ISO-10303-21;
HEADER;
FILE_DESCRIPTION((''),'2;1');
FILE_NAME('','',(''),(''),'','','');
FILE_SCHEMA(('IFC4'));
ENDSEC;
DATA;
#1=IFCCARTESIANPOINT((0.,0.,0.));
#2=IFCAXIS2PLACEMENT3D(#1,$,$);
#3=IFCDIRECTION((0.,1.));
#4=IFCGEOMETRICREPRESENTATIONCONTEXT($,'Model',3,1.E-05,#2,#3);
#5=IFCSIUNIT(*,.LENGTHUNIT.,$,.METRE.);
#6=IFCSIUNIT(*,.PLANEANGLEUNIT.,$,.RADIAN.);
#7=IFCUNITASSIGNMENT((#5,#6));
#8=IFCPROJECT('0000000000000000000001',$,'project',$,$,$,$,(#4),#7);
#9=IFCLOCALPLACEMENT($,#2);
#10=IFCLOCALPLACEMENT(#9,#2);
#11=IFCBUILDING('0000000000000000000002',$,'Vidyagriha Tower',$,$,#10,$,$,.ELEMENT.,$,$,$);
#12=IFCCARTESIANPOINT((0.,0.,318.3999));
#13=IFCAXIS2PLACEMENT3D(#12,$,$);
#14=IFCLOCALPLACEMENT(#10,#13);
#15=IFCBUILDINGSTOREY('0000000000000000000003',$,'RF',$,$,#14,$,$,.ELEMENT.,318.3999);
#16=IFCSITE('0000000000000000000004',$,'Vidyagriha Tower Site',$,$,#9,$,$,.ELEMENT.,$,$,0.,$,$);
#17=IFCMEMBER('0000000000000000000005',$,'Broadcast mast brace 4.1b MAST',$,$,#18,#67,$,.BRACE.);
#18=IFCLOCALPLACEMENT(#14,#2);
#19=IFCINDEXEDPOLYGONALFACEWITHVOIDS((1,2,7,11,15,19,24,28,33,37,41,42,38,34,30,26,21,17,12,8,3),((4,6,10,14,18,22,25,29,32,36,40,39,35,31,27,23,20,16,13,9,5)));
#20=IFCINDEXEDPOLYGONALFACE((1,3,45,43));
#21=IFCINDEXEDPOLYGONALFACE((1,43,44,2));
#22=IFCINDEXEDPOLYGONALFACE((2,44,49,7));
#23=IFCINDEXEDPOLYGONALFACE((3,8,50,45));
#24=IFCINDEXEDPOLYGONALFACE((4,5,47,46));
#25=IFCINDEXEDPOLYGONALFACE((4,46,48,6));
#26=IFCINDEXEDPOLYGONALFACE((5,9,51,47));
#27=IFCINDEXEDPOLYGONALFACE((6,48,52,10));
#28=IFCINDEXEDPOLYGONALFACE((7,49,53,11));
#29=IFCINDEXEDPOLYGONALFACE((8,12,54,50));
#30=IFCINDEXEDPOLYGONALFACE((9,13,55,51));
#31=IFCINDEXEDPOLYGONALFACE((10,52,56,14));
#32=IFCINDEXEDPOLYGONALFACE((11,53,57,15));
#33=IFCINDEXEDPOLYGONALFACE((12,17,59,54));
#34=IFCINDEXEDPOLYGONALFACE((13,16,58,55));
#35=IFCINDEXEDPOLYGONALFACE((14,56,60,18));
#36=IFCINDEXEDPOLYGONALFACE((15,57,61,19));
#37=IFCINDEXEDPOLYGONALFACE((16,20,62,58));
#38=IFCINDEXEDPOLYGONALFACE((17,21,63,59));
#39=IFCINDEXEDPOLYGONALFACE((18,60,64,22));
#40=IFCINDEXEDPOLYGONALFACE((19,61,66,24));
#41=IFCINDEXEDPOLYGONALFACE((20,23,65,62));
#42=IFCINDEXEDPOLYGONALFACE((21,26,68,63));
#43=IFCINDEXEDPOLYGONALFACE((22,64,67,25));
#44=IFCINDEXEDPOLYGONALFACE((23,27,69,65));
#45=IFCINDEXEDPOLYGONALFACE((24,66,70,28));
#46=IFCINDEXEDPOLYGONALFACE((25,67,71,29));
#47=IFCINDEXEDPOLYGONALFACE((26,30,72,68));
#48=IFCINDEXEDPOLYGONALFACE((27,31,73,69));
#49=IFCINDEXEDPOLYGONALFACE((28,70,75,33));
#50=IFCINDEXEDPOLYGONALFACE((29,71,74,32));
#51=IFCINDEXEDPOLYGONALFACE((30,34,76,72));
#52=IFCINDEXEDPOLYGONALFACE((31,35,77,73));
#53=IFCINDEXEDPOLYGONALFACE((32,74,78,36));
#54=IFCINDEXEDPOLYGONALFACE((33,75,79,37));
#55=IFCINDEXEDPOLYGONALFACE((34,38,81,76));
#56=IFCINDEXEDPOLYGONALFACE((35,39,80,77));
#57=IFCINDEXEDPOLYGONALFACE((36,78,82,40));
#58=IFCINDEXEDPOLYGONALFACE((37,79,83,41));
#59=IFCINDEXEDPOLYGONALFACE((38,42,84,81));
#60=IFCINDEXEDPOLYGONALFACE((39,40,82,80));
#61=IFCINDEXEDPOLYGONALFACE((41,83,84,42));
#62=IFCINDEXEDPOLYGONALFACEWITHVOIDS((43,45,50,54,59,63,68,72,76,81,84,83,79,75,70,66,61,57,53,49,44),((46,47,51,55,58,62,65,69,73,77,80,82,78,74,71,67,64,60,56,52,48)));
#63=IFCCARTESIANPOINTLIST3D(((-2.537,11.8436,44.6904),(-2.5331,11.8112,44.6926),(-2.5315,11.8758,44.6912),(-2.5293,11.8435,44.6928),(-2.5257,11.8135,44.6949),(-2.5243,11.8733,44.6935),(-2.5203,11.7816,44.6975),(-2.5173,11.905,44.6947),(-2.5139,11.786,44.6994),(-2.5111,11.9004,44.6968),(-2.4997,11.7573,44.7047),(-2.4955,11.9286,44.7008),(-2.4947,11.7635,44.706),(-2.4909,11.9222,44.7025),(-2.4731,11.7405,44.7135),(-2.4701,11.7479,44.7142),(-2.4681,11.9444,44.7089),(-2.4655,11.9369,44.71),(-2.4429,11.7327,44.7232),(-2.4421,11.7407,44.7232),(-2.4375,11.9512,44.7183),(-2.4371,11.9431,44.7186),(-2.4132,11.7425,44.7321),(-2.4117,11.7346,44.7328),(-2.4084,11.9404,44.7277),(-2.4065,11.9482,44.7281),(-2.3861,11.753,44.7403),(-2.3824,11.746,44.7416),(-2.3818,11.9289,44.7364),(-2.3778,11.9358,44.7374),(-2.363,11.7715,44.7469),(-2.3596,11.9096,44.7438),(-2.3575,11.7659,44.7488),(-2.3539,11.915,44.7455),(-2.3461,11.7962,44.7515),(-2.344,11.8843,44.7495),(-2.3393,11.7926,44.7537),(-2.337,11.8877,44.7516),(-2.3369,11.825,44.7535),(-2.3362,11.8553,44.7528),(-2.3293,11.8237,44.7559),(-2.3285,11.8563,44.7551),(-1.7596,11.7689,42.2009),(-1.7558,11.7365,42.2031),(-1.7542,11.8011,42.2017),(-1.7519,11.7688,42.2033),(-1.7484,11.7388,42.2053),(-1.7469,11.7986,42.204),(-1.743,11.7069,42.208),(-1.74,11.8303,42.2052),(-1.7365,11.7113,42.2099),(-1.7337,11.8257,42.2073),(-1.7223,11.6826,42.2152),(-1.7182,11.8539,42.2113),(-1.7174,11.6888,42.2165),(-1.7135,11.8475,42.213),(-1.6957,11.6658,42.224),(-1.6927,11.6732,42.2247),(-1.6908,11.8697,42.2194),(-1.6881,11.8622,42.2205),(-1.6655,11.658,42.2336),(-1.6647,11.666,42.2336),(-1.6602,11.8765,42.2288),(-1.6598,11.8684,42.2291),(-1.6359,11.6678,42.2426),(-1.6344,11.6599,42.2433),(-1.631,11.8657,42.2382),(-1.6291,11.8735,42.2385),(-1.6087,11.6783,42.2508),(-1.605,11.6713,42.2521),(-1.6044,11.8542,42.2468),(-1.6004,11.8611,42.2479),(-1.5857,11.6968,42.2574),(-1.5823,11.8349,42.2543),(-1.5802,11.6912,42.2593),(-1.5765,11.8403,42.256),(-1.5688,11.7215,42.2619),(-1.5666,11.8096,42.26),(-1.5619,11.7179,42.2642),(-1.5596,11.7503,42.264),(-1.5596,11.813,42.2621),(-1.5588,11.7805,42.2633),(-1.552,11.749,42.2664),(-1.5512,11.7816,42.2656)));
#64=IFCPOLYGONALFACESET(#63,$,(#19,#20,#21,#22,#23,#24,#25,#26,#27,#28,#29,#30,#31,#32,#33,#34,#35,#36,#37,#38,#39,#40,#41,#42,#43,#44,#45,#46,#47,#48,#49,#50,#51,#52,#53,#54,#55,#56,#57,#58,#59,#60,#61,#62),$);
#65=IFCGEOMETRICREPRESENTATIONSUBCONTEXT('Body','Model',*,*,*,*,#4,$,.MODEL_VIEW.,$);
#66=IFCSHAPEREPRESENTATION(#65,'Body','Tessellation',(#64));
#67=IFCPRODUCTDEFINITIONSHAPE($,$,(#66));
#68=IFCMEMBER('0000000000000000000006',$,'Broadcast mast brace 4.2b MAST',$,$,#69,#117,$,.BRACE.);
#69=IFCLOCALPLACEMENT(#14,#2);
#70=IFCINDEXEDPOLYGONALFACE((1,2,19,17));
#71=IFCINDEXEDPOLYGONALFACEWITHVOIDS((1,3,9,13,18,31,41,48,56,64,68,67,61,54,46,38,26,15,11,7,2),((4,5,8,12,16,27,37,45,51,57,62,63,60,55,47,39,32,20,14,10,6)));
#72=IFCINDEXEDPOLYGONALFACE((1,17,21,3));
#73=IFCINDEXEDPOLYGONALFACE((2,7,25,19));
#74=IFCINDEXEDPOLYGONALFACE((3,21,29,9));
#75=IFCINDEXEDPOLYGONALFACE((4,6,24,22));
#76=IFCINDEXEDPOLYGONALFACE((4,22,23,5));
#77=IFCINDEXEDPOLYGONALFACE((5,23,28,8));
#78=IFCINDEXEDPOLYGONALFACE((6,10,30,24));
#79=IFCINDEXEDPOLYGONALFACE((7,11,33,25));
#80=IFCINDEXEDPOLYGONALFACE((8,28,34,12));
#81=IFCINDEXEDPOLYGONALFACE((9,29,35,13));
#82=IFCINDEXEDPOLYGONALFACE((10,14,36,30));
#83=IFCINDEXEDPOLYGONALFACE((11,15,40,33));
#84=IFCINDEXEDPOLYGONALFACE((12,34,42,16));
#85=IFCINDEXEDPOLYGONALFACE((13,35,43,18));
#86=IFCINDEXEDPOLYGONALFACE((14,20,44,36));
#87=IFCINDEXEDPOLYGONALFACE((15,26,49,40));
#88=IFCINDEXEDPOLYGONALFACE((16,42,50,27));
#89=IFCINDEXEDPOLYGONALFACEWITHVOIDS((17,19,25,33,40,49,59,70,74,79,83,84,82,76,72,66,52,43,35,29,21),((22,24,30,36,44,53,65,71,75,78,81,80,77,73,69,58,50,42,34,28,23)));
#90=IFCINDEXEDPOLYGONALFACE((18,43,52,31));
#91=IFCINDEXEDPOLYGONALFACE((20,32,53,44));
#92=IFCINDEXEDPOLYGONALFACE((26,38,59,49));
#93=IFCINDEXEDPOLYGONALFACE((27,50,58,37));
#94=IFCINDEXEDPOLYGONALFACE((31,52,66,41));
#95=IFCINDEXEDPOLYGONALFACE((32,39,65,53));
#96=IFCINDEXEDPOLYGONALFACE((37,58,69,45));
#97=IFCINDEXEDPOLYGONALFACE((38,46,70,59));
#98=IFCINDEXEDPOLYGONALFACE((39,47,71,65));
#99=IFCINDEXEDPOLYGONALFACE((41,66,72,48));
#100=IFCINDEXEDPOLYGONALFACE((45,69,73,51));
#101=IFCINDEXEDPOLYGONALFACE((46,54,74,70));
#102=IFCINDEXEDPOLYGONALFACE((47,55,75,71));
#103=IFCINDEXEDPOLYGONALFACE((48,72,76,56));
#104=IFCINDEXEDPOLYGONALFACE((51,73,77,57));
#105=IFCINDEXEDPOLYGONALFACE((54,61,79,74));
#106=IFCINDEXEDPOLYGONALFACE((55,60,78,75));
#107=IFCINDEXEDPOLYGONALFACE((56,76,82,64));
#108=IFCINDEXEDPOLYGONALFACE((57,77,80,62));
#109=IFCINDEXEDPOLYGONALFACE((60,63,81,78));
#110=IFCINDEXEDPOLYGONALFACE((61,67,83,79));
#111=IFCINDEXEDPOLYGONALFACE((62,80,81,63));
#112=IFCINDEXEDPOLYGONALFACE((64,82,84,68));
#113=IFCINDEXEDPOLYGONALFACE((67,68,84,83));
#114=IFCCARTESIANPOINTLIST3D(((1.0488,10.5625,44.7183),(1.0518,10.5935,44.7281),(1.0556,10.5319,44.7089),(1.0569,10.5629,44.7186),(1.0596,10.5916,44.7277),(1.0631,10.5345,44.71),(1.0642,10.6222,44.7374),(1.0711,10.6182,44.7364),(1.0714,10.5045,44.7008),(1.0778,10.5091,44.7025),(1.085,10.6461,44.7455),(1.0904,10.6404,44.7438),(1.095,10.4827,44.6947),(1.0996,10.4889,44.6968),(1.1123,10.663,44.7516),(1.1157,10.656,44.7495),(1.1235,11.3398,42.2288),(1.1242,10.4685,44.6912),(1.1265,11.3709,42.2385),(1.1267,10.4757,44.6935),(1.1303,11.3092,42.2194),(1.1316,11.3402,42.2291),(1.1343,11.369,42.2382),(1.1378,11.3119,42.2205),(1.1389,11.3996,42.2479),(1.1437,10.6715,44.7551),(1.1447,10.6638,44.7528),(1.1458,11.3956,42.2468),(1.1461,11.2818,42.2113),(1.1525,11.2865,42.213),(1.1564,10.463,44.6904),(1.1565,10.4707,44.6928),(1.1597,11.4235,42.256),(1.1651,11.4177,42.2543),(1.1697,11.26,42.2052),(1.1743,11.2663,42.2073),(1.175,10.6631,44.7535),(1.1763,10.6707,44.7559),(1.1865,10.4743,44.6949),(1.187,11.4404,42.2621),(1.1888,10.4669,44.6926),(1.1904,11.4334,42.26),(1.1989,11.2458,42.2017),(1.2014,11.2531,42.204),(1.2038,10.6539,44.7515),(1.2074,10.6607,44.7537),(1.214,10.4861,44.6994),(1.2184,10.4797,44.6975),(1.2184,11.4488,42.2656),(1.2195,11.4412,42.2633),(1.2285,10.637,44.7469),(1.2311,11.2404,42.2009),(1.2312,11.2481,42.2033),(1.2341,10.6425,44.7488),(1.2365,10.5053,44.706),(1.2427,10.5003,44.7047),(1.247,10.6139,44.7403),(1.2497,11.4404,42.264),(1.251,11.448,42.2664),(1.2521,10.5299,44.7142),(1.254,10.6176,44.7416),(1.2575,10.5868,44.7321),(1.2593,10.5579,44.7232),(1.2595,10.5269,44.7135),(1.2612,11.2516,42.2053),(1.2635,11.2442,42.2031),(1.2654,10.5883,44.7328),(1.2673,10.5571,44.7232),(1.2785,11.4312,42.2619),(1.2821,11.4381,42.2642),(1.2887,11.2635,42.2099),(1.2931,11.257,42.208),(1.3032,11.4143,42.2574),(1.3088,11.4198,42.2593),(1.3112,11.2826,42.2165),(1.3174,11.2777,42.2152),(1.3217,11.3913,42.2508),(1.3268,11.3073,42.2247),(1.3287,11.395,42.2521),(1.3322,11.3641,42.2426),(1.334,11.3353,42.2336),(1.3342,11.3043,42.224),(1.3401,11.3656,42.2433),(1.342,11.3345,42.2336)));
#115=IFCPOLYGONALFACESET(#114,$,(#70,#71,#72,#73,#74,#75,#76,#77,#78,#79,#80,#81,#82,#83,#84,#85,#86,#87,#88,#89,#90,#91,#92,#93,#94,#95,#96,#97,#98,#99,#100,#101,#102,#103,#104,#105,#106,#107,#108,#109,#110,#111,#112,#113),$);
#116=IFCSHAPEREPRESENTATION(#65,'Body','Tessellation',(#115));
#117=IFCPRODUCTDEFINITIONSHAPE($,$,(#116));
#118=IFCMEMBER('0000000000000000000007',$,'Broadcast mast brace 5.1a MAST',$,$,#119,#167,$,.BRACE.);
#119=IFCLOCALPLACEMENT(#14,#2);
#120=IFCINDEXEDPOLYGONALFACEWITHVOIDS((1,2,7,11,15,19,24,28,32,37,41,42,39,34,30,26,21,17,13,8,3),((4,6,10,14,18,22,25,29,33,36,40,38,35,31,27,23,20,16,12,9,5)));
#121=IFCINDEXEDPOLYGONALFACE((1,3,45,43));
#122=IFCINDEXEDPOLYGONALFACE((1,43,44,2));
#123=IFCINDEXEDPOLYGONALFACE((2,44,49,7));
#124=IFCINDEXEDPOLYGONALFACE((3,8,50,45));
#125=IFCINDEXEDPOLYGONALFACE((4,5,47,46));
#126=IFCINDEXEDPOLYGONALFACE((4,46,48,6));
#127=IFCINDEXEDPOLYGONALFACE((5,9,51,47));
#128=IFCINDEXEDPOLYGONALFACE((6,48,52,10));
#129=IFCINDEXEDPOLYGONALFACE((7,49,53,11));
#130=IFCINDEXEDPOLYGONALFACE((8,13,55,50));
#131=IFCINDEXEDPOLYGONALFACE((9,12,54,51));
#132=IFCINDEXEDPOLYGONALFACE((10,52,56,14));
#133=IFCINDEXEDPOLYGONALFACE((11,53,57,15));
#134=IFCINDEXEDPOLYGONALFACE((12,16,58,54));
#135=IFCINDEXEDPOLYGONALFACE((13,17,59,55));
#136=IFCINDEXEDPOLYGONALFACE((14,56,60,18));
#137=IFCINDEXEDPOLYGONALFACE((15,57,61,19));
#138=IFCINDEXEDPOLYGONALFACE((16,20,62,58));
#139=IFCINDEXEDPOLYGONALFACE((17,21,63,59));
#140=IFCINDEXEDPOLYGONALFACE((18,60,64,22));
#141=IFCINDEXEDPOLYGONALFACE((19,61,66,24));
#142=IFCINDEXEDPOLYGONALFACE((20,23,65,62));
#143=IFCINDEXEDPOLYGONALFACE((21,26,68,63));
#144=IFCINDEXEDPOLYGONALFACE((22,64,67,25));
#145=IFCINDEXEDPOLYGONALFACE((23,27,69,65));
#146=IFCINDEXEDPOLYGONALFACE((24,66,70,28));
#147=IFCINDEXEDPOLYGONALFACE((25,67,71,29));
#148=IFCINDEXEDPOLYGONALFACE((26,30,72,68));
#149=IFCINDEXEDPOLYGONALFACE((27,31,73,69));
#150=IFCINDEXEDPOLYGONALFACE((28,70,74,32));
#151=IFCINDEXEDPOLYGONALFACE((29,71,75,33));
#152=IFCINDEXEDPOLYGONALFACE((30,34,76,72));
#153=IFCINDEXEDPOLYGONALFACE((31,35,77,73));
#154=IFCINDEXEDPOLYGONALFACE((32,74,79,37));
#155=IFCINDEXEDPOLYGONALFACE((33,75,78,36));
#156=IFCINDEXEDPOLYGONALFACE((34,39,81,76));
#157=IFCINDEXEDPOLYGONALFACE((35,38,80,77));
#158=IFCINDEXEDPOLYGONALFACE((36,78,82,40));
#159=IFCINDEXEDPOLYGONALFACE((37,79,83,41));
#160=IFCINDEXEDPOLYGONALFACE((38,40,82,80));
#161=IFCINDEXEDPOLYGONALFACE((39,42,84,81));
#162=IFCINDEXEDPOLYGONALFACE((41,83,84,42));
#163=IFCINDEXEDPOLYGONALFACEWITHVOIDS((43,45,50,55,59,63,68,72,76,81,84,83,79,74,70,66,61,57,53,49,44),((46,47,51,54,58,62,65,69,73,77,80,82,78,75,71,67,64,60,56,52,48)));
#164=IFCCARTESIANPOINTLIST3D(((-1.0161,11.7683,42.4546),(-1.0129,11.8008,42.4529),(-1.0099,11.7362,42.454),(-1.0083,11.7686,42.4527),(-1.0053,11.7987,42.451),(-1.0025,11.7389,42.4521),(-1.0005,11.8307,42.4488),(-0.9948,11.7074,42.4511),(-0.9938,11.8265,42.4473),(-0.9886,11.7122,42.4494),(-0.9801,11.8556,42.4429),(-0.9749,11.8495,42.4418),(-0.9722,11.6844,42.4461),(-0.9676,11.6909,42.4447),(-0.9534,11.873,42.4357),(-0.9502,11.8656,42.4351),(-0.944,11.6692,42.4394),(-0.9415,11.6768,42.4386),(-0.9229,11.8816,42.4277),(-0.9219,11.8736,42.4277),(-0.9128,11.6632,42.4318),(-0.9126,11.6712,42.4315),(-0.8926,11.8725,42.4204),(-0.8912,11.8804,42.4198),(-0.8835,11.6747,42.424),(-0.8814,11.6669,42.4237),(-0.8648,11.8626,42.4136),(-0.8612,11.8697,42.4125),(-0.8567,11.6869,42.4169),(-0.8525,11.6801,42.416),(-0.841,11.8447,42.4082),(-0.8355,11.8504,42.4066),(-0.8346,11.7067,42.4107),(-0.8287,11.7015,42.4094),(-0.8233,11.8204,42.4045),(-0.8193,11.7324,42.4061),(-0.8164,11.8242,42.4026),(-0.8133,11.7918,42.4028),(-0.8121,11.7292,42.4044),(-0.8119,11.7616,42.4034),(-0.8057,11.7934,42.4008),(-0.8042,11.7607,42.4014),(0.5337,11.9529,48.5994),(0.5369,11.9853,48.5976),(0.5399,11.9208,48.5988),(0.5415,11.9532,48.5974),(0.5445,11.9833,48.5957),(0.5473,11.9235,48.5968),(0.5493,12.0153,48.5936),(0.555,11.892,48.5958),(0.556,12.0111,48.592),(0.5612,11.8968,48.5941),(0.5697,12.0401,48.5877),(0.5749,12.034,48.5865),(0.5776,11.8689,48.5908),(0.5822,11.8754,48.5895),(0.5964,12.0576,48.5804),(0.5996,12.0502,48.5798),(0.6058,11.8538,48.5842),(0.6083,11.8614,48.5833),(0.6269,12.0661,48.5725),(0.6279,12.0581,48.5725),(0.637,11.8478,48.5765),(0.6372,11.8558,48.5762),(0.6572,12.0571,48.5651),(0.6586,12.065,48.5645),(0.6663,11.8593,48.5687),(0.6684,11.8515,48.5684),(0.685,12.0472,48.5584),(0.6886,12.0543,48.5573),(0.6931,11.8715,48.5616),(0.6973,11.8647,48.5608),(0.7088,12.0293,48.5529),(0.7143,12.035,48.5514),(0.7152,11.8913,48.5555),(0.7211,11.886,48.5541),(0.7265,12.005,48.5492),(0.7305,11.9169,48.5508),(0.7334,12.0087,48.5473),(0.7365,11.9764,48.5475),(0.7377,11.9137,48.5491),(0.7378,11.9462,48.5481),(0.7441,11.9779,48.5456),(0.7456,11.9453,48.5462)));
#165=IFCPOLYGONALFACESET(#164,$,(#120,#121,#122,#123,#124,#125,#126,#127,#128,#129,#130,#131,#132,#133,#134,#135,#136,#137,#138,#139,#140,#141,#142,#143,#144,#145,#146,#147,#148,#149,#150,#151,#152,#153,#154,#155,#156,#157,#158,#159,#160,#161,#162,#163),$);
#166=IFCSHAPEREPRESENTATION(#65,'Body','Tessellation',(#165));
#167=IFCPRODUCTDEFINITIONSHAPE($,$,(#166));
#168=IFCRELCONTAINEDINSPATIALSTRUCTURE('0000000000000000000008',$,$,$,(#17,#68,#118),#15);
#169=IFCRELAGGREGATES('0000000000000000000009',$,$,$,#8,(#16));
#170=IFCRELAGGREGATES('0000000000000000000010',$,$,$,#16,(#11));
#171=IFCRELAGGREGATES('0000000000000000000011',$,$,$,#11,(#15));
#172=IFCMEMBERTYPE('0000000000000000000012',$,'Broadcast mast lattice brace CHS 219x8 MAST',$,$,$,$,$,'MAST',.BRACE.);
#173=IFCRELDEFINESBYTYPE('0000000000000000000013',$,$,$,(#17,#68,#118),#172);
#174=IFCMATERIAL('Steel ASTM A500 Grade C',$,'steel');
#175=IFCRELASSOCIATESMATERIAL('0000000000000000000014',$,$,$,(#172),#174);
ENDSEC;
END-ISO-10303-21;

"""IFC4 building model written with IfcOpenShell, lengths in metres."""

from ifc_helpers import new_model, si_unit, direction, frame, origin, origin_2d, place, context, subcontext, project, spatial, hollow_circle, extrude, material, material_profile, profile_set, type_object, element, save


model = new_model("IFC4")

# Units and contexts
model_context = context("Model", 3, precision=1e-05, world=origin(), true_north=direction((0.0, 1.0)))
body_context = subcontext(model_context, "Body", "Model", "MODEL_VIEW")
ifc_project = project(units=[si_unit("LENGTHUNIT", "METRE"), si_unit("PLANEANGLEUNIT", "RADIAN")], contexts=[model_context])

# Site, building, storey
site_placement = place(None, origin())
site = spatial("IfcSite", under=ifc_project, at=site_placement, Name="Vidyagriha Tower Site", CompositionType="ELEMENT", RefElevation=0.0)
building_placement = place(site_placement, origin())
building = spatial("IfcBuilding", under=site, at=building_placement, Name="Vidyagriha Tower", CompositionType="ELEMENT")
storey_placement = place(building_placement, frame((0.0, 0.0, 318.3999)))
storey = spatial("IfcBuildingStorey", under=building, at=storey_placement, Name="RF", CompositionType="ELEMENT", Elevation=318.3999)

# Members
ifc_material_1 = material(Name="Steel ASTM A500 Grade C", Category="steel")
ifc_material_profile_1 = material_profile(ifc_material_1, hollow_circle(Radius=0.1096, WallThickness=0.0081, at=origin_2d()), Name="Broadcast mast lattice brace CHS 219x8 MAST")
ifc_profile_set_1 = profile_set([ifc_material_profile_1], Name="Steel ASTM A500 Grade C")
member_type_1 = type_object("IfcMemberType", Name="Broadcast mast lattice brace CHS 219x8 MAST", ElementType="MAST", PredefinedType="BRACE", material=ifc_profile_set_1)
for number, where, z_axis, x_axis, name in (
    (1, (-1.655, 11.7671, 42.2336), (-0.297934, 0.028633, 0.954157), (-0.095665, -0.995414, 0.0), "Broadcast mast brace 4.1b MAST"),
    (2, (1.2329, 11.345, 42.2336), (-0.028633, -0.297934, 0.954157), (0.995414, -0.095665, 0.0), "Broadcast mast brace 4.2b MAST"),
):
    element("IfcMember", number, at=place(storey_placement, frame(where, z_axis=z_axis, x_axis=x_axis)), inside=storey, type_object=member_type_1, Name=name, PredefinedType="BRACE", context=body_context, shape_type="SweptSolid", body=[
        extrude(hollow_circle(Radius=0.1096, WallThickness=0.0081, at=origin_2d()), origin(), (0.0, 0.0, 1.0), 2.6091),
    ])
for number, where, z_axis, x_axis, name in (
    (3, (-0.9099, 11.7727, 42.4277), (0.244453, 0.029113, 0.969224), (-0.118257, 0.992983, 0.0), "Broadcast mast brace 5.1a MAST"),
):
    element("IfcMember", number, at=place(storey_placement, frame(where, z_axis=z_axis, x_axis=x_axis)), inside=storey, type_object=member_type_1, Name=name, PredefinedType="BRACE", context=body_context, shape_type="SweptSolid", body=[
        extrude(hollow_circle(Radius=0.1096, WallThickness=0.0081, at=origin_2d()), origin(), (0.0, 0.0, 1.0), 6.3398),
    ])

save(model, "model.ifc")
